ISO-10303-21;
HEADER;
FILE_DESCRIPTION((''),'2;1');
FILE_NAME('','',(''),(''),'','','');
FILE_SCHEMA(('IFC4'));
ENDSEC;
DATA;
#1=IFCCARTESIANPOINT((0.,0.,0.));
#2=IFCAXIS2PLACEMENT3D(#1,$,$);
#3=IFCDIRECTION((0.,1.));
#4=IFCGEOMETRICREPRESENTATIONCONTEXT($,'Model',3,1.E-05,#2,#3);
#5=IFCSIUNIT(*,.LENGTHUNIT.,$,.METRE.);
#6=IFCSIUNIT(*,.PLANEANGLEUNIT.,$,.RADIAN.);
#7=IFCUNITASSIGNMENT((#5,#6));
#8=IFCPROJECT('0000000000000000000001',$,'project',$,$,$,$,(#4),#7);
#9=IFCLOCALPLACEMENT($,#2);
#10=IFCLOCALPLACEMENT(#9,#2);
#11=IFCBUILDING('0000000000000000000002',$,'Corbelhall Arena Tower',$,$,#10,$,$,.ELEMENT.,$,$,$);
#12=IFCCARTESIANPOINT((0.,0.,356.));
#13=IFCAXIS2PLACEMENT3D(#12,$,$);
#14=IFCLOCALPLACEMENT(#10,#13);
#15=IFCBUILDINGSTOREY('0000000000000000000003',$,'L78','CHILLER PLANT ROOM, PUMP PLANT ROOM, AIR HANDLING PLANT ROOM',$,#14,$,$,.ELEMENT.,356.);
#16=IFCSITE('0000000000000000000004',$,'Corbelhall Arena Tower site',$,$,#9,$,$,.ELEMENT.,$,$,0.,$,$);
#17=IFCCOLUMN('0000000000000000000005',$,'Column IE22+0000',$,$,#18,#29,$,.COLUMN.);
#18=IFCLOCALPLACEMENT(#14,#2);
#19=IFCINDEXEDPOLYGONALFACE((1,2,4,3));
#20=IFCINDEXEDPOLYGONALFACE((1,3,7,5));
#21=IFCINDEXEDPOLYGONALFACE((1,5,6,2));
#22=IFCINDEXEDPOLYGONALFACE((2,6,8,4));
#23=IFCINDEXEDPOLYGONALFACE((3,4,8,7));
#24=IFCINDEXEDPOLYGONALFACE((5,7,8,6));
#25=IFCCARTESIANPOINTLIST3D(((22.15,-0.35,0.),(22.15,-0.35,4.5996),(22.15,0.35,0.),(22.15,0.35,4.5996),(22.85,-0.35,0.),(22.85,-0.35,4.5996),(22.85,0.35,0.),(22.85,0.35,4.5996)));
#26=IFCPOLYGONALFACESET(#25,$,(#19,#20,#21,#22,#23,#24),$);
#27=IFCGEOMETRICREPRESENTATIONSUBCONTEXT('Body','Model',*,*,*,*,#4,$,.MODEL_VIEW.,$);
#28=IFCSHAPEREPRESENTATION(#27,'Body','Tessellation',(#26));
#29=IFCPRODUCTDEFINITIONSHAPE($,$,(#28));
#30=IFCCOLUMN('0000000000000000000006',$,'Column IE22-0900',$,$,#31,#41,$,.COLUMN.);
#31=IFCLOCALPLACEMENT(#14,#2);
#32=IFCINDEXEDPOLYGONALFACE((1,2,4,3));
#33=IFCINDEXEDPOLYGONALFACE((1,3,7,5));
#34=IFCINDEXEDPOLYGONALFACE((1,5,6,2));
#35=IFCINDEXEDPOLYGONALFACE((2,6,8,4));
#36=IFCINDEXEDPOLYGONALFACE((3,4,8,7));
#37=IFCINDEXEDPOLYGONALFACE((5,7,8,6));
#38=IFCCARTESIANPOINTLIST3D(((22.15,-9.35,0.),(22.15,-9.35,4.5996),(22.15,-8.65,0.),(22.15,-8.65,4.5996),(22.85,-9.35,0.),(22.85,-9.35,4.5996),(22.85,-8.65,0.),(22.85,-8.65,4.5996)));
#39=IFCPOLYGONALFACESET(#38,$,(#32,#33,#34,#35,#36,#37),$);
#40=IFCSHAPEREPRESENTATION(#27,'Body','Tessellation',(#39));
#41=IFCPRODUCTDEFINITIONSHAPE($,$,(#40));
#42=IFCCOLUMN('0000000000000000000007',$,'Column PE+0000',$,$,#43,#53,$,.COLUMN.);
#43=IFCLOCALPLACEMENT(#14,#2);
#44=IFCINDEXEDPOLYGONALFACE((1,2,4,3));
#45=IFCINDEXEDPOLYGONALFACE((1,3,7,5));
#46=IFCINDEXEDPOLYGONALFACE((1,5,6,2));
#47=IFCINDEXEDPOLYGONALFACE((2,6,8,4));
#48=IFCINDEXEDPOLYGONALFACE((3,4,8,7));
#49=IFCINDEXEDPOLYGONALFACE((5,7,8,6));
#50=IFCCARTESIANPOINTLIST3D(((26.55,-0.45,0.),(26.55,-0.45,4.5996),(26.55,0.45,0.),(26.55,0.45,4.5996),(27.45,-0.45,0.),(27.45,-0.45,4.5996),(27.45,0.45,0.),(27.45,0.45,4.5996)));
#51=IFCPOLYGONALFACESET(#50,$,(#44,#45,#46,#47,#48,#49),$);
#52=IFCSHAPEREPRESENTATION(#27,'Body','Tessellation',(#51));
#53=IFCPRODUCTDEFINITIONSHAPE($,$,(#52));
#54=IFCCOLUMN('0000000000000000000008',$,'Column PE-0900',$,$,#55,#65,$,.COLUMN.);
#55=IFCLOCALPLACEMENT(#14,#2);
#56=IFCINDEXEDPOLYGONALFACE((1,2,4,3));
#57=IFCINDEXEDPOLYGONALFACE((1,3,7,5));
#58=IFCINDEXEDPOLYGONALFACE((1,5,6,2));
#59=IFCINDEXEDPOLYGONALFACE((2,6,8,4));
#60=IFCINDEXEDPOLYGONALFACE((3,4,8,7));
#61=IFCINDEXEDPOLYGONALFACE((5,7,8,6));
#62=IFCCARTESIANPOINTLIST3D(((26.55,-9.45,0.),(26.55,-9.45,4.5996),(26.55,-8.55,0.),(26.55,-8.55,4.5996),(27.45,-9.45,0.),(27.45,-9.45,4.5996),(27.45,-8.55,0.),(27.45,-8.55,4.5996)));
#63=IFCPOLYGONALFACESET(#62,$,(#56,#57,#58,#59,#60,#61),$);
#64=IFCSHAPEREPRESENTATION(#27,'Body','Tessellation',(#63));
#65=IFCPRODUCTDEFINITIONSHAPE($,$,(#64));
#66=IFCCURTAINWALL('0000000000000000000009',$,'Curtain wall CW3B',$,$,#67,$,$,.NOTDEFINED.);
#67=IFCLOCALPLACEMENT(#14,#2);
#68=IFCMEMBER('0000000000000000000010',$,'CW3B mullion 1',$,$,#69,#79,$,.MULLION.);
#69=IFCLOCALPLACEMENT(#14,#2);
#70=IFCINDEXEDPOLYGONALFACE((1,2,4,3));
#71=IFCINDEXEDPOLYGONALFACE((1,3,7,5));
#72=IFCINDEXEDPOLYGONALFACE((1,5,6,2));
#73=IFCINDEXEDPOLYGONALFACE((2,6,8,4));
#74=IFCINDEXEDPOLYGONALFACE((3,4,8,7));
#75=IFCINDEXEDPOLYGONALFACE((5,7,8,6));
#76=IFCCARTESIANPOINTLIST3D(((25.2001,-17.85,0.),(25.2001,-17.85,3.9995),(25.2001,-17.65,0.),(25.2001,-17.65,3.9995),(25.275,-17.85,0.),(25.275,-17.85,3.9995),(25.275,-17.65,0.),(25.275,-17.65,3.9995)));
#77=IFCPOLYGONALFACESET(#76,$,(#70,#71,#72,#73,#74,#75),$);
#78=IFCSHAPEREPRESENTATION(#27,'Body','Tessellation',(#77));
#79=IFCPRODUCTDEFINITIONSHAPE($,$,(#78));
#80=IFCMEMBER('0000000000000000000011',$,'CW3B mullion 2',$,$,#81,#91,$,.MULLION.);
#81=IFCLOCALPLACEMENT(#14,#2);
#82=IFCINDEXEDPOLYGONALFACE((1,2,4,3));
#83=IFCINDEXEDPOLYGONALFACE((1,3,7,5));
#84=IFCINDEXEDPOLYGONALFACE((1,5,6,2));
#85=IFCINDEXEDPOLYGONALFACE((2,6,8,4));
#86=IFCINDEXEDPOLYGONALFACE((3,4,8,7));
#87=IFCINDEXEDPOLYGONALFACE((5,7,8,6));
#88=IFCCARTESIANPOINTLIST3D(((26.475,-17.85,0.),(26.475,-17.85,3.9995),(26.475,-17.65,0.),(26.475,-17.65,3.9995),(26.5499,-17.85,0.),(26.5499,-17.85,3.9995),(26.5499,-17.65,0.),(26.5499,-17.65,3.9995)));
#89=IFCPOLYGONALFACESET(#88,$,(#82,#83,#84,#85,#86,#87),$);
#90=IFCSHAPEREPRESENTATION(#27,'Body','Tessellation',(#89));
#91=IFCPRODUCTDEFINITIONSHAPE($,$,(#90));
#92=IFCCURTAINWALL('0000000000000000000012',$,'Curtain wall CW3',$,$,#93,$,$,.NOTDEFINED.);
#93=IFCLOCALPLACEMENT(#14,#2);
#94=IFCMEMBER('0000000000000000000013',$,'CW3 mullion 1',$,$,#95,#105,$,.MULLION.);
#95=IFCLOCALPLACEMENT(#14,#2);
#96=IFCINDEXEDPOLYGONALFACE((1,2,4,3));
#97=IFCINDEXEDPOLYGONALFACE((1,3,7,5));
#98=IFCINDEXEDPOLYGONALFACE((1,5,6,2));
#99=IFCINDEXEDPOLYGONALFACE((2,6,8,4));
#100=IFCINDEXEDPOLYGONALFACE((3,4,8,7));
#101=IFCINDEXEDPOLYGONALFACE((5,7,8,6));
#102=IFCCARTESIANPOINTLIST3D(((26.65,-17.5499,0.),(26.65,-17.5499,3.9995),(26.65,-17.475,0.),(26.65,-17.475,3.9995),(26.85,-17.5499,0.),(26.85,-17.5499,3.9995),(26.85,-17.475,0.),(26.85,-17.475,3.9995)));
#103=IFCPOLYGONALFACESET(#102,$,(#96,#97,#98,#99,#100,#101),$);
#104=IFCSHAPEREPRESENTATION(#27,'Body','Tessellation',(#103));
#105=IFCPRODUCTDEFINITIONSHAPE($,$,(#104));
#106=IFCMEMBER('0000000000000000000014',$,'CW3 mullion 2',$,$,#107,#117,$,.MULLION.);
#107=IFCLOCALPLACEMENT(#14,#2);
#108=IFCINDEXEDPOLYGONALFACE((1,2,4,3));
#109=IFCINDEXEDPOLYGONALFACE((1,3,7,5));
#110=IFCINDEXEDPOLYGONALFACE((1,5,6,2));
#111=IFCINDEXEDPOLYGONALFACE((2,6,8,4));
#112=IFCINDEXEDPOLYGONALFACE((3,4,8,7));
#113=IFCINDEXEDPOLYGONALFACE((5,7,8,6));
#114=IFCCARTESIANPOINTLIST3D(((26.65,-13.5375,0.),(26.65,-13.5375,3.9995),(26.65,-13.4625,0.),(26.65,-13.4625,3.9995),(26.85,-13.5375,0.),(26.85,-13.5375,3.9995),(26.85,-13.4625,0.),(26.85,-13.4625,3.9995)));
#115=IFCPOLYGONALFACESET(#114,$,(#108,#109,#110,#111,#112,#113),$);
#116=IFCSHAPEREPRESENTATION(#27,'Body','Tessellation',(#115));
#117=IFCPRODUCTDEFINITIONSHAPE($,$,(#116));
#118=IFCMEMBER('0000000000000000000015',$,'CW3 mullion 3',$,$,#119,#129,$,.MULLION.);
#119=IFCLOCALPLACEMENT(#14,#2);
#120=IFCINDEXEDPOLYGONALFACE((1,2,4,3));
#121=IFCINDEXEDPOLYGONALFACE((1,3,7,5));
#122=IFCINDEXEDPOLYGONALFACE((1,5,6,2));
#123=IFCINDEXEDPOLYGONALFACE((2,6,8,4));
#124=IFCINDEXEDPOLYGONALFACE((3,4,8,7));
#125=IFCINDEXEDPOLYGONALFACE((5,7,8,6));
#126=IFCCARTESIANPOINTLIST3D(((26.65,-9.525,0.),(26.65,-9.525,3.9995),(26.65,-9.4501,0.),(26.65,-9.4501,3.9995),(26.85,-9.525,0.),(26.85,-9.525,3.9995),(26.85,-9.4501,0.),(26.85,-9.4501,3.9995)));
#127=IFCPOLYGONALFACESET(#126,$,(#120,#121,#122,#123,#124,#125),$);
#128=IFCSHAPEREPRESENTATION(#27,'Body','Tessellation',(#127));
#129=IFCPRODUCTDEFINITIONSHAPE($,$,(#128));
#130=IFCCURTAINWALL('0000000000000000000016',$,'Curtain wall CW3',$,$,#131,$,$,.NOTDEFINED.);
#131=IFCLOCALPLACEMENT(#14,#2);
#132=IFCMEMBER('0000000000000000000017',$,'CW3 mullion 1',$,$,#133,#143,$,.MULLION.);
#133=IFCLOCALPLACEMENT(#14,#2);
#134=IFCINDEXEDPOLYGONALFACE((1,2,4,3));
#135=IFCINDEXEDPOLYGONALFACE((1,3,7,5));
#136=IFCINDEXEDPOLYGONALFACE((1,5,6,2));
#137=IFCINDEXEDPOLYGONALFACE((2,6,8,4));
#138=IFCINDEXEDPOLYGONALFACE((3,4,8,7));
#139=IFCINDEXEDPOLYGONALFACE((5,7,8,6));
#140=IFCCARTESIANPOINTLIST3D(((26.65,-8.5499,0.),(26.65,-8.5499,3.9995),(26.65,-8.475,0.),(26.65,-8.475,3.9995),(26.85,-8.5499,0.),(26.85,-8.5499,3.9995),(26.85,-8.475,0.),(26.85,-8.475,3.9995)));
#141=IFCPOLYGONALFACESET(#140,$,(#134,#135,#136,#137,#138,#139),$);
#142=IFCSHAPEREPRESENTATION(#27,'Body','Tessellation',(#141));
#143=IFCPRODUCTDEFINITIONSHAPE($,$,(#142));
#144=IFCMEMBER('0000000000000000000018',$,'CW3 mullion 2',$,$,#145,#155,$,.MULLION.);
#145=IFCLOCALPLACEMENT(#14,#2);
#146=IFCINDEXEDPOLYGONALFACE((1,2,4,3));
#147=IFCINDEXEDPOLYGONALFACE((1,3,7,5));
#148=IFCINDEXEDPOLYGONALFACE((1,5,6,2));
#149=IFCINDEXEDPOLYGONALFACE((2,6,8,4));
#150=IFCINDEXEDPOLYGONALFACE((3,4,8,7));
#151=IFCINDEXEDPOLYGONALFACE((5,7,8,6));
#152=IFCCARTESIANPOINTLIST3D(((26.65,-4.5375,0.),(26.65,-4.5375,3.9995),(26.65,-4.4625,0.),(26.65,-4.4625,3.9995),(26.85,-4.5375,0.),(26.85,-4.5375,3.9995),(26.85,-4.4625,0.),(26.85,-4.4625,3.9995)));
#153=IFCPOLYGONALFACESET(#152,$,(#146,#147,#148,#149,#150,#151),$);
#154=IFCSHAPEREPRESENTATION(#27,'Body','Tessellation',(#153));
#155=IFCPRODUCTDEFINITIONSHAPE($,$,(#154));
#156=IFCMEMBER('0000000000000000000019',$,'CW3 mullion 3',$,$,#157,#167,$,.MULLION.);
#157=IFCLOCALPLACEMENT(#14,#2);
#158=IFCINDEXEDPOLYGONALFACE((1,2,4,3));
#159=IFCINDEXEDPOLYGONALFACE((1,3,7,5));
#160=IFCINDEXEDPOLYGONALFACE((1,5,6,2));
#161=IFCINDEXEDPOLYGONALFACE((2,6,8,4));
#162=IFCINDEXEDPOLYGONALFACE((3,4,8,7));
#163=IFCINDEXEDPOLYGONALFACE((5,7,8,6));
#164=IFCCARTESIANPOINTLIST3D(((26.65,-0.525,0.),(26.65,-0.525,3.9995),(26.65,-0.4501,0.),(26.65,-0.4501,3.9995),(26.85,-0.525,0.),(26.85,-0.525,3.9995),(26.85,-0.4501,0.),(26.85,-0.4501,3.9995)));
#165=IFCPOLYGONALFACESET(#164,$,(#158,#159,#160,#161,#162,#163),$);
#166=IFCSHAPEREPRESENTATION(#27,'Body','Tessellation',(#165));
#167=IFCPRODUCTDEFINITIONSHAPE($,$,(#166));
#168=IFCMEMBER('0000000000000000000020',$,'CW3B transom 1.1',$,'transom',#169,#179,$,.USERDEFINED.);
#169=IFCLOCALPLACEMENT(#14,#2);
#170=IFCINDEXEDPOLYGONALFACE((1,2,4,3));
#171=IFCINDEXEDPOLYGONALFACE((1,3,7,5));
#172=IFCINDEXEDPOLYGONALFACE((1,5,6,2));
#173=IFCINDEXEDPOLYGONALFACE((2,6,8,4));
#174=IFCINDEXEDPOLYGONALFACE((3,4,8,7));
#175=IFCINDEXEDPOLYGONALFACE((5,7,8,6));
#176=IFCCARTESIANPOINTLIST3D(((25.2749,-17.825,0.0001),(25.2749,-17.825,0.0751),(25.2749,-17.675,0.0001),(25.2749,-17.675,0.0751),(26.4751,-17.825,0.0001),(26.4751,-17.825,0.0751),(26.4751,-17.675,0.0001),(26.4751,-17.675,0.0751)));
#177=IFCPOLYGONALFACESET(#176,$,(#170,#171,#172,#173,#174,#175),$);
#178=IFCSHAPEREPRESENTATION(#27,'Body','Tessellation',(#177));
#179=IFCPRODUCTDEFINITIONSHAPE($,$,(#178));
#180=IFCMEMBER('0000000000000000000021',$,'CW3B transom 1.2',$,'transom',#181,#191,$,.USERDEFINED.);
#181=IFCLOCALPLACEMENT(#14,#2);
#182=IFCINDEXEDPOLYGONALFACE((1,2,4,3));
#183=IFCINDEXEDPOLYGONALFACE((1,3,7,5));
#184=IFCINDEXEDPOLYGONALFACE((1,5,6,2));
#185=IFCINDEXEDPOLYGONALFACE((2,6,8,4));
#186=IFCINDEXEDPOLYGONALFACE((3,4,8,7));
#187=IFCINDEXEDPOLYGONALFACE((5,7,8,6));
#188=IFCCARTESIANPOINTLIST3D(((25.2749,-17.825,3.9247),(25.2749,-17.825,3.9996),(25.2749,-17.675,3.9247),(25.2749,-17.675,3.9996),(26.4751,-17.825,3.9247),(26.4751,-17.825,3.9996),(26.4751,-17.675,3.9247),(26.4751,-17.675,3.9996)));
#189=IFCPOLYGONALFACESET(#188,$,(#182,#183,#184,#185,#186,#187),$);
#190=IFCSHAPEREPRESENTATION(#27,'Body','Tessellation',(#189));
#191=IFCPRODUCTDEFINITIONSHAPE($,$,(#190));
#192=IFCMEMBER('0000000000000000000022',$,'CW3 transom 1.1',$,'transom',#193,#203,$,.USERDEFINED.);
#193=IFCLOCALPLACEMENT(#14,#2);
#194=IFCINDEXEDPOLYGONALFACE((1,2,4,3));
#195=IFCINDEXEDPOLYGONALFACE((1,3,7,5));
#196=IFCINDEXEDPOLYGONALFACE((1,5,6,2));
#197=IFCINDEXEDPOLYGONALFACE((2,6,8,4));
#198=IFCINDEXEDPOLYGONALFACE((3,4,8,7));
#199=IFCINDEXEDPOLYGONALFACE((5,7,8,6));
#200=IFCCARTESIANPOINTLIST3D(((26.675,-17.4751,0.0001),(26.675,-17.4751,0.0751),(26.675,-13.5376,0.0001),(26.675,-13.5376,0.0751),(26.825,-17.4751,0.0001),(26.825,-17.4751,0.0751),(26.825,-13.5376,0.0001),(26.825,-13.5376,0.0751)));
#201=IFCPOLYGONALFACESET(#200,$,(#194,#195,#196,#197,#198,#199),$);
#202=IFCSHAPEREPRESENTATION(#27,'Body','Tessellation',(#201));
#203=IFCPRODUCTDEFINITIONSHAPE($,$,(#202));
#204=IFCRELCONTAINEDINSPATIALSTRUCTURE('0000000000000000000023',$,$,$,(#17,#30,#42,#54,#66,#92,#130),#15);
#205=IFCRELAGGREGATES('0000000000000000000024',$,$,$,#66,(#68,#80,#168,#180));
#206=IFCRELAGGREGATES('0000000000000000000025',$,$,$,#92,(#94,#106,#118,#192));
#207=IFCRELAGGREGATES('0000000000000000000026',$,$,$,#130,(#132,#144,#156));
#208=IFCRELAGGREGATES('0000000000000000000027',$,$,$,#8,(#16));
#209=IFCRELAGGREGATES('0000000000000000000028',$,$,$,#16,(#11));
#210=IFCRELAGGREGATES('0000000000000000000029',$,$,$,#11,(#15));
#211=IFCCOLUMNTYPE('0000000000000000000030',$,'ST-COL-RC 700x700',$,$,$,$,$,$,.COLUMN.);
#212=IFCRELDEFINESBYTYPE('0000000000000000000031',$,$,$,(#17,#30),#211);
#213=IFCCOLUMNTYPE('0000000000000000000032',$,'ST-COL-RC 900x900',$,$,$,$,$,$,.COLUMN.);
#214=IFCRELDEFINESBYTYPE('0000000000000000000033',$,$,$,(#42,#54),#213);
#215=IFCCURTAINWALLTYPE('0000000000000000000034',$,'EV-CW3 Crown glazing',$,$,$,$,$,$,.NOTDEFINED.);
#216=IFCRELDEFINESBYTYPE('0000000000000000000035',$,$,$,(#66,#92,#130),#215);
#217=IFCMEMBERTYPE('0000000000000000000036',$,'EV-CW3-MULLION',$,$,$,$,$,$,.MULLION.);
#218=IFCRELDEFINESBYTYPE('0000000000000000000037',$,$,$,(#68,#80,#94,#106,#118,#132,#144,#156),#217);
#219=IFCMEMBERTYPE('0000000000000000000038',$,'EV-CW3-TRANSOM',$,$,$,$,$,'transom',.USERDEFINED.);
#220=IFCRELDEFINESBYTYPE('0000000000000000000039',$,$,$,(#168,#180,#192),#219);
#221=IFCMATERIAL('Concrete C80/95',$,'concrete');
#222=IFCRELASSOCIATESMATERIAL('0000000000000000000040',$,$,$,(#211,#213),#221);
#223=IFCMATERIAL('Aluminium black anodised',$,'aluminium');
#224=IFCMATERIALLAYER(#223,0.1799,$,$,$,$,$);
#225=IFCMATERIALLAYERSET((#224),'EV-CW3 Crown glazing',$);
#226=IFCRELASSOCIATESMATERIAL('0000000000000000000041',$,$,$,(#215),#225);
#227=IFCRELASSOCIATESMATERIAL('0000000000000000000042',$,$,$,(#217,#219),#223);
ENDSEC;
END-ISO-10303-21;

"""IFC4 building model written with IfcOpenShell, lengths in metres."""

from ifc_helpers import new_model, si_unit, direction, frame, origin, origin_2d, place, context, subcontext, project, spatial, rectangle, extrude, material, layer, layer_set, material_profile, profile_set, type_object, element, aggregate, save


model = new_model("IFC4")

# Units and contexts
model_context = context("Model", 3, precision=1e-05, world=origin(), true_north=direction((0.0, 1.0)))
body_context = subcontext(model_context, "Body", "Model", "MODEL_VIEW")
ifc_project = project(units=[si_unit("LENGTHUNIT", "METRE"), si_unit("PLANEANGLEUNIT", "RADIAN")], contexts=[model_context])

# Site, building, storey
site_placement = place(None, origin())
site = spatial("IfcSite", under=ifc_project, at=site_placement, Name="Corbelhall Arena Tower site", CompositionType="ELEMENT", RefElevation=0.0)
building_placement = place(site_placement, origin())
building = spatial("IfcBuilding", under=site, at=building_placement, Name="Corbelhall Arena Tower", CompositionType="ELEMENT")
storey_placement = place(building_placement, frame((0.0, 0.0, 356.0)))
storey = spatial("IfcBuildingStorey", under=building, at=storey_placement, Name="L78", Description="CHILLER PLANT ROOM, PUMP PLANT ROOM, AIR HANDLING PLANT ROOM", CompositionType="ELEMENT", Elevation=356.0)

# Columns
ifc_material_1 = material(Name="Concrete C80/95", Category="concrete")
ifc_material_profile_1 = material_profile(ifc_material_1, rectangle(XDim=0.7, YDim=0.7, at=origin_2d()))
ifc_profile_set_1 = profile_set([ifc_material_profile_1], Name="Concrete C80/95")
column_type_1 = type_object("IfcColumnType", Name="ST-COL-RC 700x700", PredefinedType="COLUMN", material=ifc_profile_set_1)
for number, where, z_axis, x_axis, name in (
    (1, (22.5, 0.0, 0.0), (0.0, 0.0, 1.0), (1.0, 0.0, 0.0), "Column IE22+0000"),
    (2, (22.5, -9.0, 0.0), (0.0, 0.0, 1.0), (1.0, 0.0, 0.0), "Column IE22-0900"),
):
    element("IfcColumn", number, at=place(storey_placement, frame(where, z_axis=z_axis, x_axis=x_axis)), inside=storey, type_object=column_type_1, Name=name, PredefinedType="COLUMN", context=body_context, shape_type="SweptSolid", body=[
        extrude(rectangle(XDim=0.7, YDim=0.7, at=origin_2d()), origin(), (0.0, 0.0, 1.0), 4.5996),
    ])
ifc_material_profile_2 = material_profile(ifc_material_1, rectangle(XDim=0.8999, YDim=0.8999, at=origin_2d()))
ifc_profile_set_2 = profile_set([ifc_material_profile_2], Name="Concrete C80/95")
column_type_2 = type_object("IfcColumnType", Name="ST-COL-RC 900x900", PredefinedType="COLUMN", material=ifc_profile_set_2)
for number, where, z_axis, x_axis, name in (
    (3, (27.0, 0.0, 0.0), (0.0, 0.0, 1.0), (0.0, 1.0, 0.0), "Column PE+0000"),
    (4, (27.0, -9.0, 0.0), (0.0, 0.0, 1.0), (0.0, 1.0, 0.0), "Column PE-0900"),
):
    element("IfcColumn", number, at=place(storey_placement, frame(where, z_axis=z_axis, x_axis=x_axis)), inside=storey, type_object=column_type_2, Name=name, PredefinedType="COLUMN", context=body_context, shape_type="SweptSolid", body=[
        extrude(rectangle(XDim=0.8999, YDim=0.8999, at=origin_2d()), origin(), (0.0, 0.0, 1.0), 4.5996),
    ])

# Curtain walls, members
ifc_material_2 = material(Name="Aluminium black anodised", Category="aluminium")
ifc_layer_1 = layer(ifc_material_2, 0.1799)
ifc_layer_set_1 = layer_set([ifc_layer_1], Name="EV-CW3 Crown glazing")
curtain_wall_type = type_object("IfcCurtainWallType", Name="EV-CW3 Crown glazing", PredefinedType="NOTDEFINED", material=ifc_layer_set_1)
curtain_wall_1_placement = place(storey_placement, origin())
curtain_wall_1 = element("IfcCurtainWall", 5, at=curtain_wall_1_placement, inside=storey, type_object=curtain_wall_type, Name="Curtain wall CW3B", PredefinedType="NOTDEFINED")
ifc_material_profile_3 = material_profile(ifc_material_2, rectangle(XDim=0.2, YDim=0.075, at=origin_2d()))
ifc_profile_set_3 = profile_set([ifc_material_profile_3], Name="Aluminium black anodised")
member_type_1 = type_object("IfcMemberType", Name="EV-CW3-MULLION", PredefinedType="MULLION", material=ifc_profile_set_3)
member_1_placement = place(storey_placement, frame((25.2375, -17.75, 0.0), z_axis=(0.0, 0.0, 1.0), x_axis=(0.0, 1.0, 0.0)))
member_1 = element("IfcMember", 6, at=member_1_placement, type_object=member_type_1, Name="CW3B mullion 1", PredefinedType="MULLION", context=body_context, shape_type="SweptSolid", body=[
    extrude(rectangle(XDim=0.2, YDim=0.075, at=origin_2d()), origin(), (0.0, 0.0, 1.0), 3.9995),
])
member_2_placement = place(storey_placement, frame((26.5125, -17.75, 0.0), z_axis=(0.0, 0.0, 1.0), x_axis=(0.0, 1.0, 0.0)))
member_2 = element("IfcMember", 7, at=member_2_placement, type_object=member_type_1, Name="CW3B mullion 2", PredefinedType="MULLION", context=body_context, shape_type="SweptSolid", body=[
    extrude(rectangle(XDim=0.2, YDim=0.075, at=origin_2d()), origin(), (0.0, 0.0, 1.0), 3.9995),
])
curtain_wall_2_placement = place(storey_placement, origin())
curtain_wall_2 = element("IfcCurtainWall", 8, at=curtain_wall_2_placement, inside=storey, type_object=curtain_wall_type, Name="Curtain wall CW3", PredefinedType="NOTDEFINED")
member_3_placement = place(storey_placement, frame((26.75, -17.5125, 0.0), z_axis=(0.0, 0.0, 1.0), x_axis=(-1.0, 0.0, 0.0)))
member_3 = element("IfcMember", 9, at=member_3_placement, type_object=member_type_1, Name="CW3 mullion 1", PredefinedType="MULLION", context=body_context, shape_type="SweptSolid", body=[
    extrude(rectangle(XDim=0.2, YDim=0.075, at=origin_2d()), origin(), (0.0, 0.0, 1.0), 3.9995),
])
member_4_placement = place(storey_placement, frame((26.75, -13.5, 0.0), z_axis=(0.0, 0.0, 1.0), x_axis=(-1.0, 0.0, 0.0)))
member_4 = element("IfcMember", 10, at=member_4_placement, type_object=member_type_1, Name="CW3 mullion 2", PredefinedType="MULLION", context=body_context, shape_type="SweptSolid", body=[
    extrude(rectangle(XDim=0.2, YDim=0.075, at=origin_2d()), origin(), (0.0, 0.0, 1.0), 3.9995),
])
member_5_placement = place(storey_placement, frame((26.75, -9.4875, 0.0), z_axis=(0.0, 0.0, 1.0), x_axis=(-1.0, 0.0, 0.0)))
member_5 = element("IfcMember", 11, at=member_5_placement, type_object=member_type_1, Name="CW3 mullion 3", PredefinedType="MULLION", context=body_context, shape_type="SweptSolid", body=[
    extrude(rectangle(XDim=0.2, YDim=0.075, at=origin_2d()), origin(), (0.0, 0.0, 1.0), 3.9995),
])
curtain_wall_3_placement = place(storey_placement, origin())
curtain_wall_3 = element("IfcCurtainWall", 12, at=curtain_wall_3_placement, inside=storey, type_object=curtain_wall_type, Name="Curtain wall CW3", PredefinedType="NOTDEFINED")
member_6_placement = place(storey_placement, frame((26.75, -8.5125, 0.0), z_axis=(0.0, 0.0, 1.0), x_axis=(-1.0, 0.0, 0.0)))
member_6 = element("IfcMember", 13, at=member_6_placement, type_object=member_type_1, Name="CW3 mullion 1", PredefinedType="MULLION", context=body_context, shape_type="SweptSolid", body=[
    extrude(rectangle(XDim=0.2, YDim=0.075, at=origin_2d()), origin(), (0.0, 0.0, 1.0), 3.9995),
])
member_7_placement = place(storey_placement, frame((26.75, -4.5, 0.0), z_axis=(0.0, 0.0, 1.0), x_axis=(-1.0, 0.0, 0.0)))
member_7 = element("IfcMember", 14, at=member_7_placement, type_object=member_type_1, Name="CW3 mullion 2", PredefinedType="MULLION", context=body_context, shape_type="SweptSolid", body=[
    extrude(rectangle(XDim=0.2, YDim=0.075, at=origin_2d()), origin(), (0.0, 0.0, 1.0), 3.9995),
])
member_8_placement = place(storey_placement, frame((26.75, -0.4875, 0.0), z_axis=(0.0, 0.0, 1.0), x_axis=(-1.0, 0.0, 0.0)))
member_8 = element("IfcMember", 15, at=member_8_placement, type_object=member_type_1, Name="CW3 mullion 3", PredefinedType="MULLION", context=body_context, shape_type="SweptSolid", body=[
    extrude(rectangle(XDim=0.2, YDim=0.075, at=origin_2d()), origin(), (0.0, 0.0, 1.0), 3.9995),
])

# Members
ifc_material_profile_4 = material_profile(ifc_material_2, rectangle(XDim=0.1499, YDim=0.075, at=origin_2d()))
ifc_profile_set_4 = profile_set([ifc_material_profile_4], Name="Aluminium black anodised")
member_type_2 = type_object("IfcMemberType", Name="EV-CW3-TRANSOM", ElementType="transom", PredefinedType="USERDEFINED", material=ifc_profile_set_4)
member_9_placement = place(storey_placement, frame((25.2749, -17.75, 0.0376), z_axis=(1.0, 0.0, 0.0), x_axis=(0.0, 1.0, 0.0)))
member_9 = element("IfcMember", 16, at=member_9_placement, type_object=member_type_2, Name="CW3B transom 1.1", ObjectType="transom", PredefinedType="USERDEFINED", context=body_context, shape_type="SweptSolid", body=[
    extrude(rectangle(XDim=0.1499, YDim=0.075, at=origin_2d()), origin(), (0.0, 0.0, 1.0), 1.2002),
])
member_10_placement = place(storey_placement, frame((25.2749, -17.75, 3.9622), z_axis=(1.0, 0.0, 0.0), x_axis=(0.0, 1.0, 0.0)))
member_10 = element("IfcMember", 17, at=member_10_placement, type_object=member_type_2, Name="CW3B transom 1.2", ObjectType="transom", PredefinedType="USERDEFINED", context=body_context, shape_type="SweptSolid", body=[
    extrude(rectangle(XDim=0.1499, YDim=0.075, at=origin_2d()), origin(), (0.0, 0.0, 1.0), 1.2002),
])
member_11_placement = place(storey_placement, frame((26.75, -17.4751, 0.0376), z_axis=(0.0, 1.0, 0.0), x_axis=(-1.0, 0.0, 0.0)))
member_11 = element("IfcMember", 18, at=member_11_placement, type_object=member_type_2, Name="CW3 transom 1.1", ObjectType="transom", PredefinedType="USERDEFINED", context=body_context, shape_type="SweptSolid", body=[
    extrude(rectangle(XDim=0.1499, YDim=0.075, at=origin_2d()), origin(), (0.0, 0.0, 1.0), 3.9375),
])

aggregate(curtain_wall_1, [member_1, member_2, member_9, member_10])
aggregate(curtain_wall_2, [member_3, member_4, member_5, member_11])
aggregate(curtain_wall_3, [member_6, member_7, member_8])

save(model, "model.ifc")
